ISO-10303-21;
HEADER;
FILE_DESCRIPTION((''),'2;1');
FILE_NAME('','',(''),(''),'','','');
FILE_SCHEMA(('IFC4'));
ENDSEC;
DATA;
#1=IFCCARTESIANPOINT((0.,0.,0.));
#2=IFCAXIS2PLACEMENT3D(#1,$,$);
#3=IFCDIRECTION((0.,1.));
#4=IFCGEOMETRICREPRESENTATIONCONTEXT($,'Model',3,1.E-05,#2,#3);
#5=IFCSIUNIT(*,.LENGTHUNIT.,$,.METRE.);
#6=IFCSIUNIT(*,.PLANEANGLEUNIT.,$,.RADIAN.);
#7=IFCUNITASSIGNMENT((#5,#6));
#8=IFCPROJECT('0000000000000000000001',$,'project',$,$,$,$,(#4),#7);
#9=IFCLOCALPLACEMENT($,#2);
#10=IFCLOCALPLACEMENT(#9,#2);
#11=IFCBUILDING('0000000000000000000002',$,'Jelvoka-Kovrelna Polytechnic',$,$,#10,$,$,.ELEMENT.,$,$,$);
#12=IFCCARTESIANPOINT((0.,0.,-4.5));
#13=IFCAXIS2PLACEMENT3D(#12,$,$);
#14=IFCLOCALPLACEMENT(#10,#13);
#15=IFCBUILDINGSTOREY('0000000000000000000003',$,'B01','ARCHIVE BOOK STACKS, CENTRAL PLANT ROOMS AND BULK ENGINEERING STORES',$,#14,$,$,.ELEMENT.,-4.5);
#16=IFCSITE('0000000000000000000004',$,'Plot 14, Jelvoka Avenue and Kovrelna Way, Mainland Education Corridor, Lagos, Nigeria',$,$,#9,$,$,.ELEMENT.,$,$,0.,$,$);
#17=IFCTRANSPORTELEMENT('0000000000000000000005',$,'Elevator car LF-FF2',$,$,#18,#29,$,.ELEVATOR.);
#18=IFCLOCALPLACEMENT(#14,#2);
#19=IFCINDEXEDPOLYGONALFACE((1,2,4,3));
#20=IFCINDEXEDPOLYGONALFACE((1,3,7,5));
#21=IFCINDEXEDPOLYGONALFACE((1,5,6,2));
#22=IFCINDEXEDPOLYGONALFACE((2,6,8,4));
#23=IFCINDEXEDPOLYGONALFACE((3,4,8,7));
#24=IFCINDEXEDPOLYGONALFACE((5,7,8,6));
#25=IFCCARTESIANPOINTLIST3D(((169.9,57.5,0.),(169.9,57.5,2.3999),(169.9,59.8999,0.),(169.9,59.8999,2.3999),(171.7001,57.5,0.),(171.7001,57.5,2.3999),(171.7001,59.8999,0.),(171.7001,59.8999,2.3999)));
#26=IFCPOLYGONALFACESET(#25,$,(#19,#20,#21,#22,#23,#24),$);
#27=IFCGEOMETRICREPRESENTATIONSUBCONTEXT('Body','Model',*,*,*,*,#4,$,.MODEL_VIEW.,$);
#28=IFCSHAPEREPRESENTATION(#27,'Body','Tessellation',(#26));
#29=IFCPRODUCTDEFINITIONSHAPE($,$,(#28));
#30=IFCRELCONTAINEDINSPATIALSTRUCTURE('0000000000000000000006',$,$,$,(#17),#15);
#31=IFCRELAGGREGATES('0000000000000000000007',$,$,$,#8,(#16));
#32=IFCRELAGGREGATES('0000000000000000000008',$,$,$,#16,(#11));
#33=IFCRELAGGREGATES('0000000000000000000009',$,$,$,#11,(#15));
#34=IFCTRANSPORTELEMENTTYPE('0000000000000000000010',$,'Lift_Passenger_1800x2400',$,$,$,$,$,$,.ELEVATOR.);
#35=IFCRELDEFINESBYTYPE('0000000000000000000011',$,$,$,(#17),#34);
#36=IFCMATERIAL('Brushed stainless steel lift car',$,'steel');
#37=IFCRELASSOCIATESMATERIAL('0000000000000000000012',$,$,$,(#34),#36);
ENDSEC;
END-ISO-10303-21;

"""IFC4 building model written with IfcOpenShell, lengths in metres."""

from ifc_helpers import new_model, si_unit, direction, frame, origin, origin_2d, place, context, subcontext, project, spatial, rectangle, extrude, material, type_object, element, save


model = new_model("IFC4")

# Units and contexts
model_context = context("Model", 3, precision=1e-05, world=origin(), true_north=direction((0.0, 1.0)))
body_context = subcontext(model_context, "Body", "Model", "MODEL_VIEW")
ifc_project = project(units=[si_unit("LENGTHUNIT", "METRE"), si_unit("PLANEANGLEUNIT", "RADIAN")], contexts=[model_context])

# Site, building, storey
site_placement = place(None, origin())
site = spatial("IfcSite", under=ifc_project, at=site_placement, Name="Plot 14, Jelvoka Avenue and Kovrelna Way, Mainland Education Corridor, Lagos, Nigeria", CompositionType="ELEMENT", RefElevation=0.0)
building_placement = place(site_placement, origin())
building = spatial("IfcBuilding", under=site, at=building_placement, Name="Jelvoka-Kovrelna Polytechnic", CompositionType="ELEMENT")
storey_placement = place(building_placement, frame((0.0, 0.0, -4.5)))
storey = spatial("IfcBuildingStorey", under=building, at=storey_placement, Name="B01", Description="ARCHIVE BOOK STACKS, CENTRAL PLANT ROOMS AND BULK ENGINEERING STORES", CompositionType="ELEMENT", Elevation=-4.5)

# Transport element
ifc_material_1 = material(Name="Brushed stainless steel lift car", Category="steel")
transport_element_type = type_object("IfcTransportElementType", Name="Lift_Passenger_1800x2400", PredefinedType="ELEVATOR", material=ifc_material_1)
transport_element_placement = place(storey_placement, frame((170.8, 58.7, 0.0), z_axis=(0.0, 0.0, 1.0), x_axis=(1.0, 0.0, 0.0)))
element("IfcTransportElement", 1, at=transport_element_placement, inside=storey, type_object=transport_element_type, Name="Elevator car LF-FF2", PredefinedType="ELEVATOR", context=body_context, shape_type="SweptSolid", body=[
    extrude(rectangle(XDim=1.8, YDim=2.3999, at=origin_2d()), origin(), (0.0, 0.0, 1.0), 2.3999),
])

save(model, "model.ifc")
